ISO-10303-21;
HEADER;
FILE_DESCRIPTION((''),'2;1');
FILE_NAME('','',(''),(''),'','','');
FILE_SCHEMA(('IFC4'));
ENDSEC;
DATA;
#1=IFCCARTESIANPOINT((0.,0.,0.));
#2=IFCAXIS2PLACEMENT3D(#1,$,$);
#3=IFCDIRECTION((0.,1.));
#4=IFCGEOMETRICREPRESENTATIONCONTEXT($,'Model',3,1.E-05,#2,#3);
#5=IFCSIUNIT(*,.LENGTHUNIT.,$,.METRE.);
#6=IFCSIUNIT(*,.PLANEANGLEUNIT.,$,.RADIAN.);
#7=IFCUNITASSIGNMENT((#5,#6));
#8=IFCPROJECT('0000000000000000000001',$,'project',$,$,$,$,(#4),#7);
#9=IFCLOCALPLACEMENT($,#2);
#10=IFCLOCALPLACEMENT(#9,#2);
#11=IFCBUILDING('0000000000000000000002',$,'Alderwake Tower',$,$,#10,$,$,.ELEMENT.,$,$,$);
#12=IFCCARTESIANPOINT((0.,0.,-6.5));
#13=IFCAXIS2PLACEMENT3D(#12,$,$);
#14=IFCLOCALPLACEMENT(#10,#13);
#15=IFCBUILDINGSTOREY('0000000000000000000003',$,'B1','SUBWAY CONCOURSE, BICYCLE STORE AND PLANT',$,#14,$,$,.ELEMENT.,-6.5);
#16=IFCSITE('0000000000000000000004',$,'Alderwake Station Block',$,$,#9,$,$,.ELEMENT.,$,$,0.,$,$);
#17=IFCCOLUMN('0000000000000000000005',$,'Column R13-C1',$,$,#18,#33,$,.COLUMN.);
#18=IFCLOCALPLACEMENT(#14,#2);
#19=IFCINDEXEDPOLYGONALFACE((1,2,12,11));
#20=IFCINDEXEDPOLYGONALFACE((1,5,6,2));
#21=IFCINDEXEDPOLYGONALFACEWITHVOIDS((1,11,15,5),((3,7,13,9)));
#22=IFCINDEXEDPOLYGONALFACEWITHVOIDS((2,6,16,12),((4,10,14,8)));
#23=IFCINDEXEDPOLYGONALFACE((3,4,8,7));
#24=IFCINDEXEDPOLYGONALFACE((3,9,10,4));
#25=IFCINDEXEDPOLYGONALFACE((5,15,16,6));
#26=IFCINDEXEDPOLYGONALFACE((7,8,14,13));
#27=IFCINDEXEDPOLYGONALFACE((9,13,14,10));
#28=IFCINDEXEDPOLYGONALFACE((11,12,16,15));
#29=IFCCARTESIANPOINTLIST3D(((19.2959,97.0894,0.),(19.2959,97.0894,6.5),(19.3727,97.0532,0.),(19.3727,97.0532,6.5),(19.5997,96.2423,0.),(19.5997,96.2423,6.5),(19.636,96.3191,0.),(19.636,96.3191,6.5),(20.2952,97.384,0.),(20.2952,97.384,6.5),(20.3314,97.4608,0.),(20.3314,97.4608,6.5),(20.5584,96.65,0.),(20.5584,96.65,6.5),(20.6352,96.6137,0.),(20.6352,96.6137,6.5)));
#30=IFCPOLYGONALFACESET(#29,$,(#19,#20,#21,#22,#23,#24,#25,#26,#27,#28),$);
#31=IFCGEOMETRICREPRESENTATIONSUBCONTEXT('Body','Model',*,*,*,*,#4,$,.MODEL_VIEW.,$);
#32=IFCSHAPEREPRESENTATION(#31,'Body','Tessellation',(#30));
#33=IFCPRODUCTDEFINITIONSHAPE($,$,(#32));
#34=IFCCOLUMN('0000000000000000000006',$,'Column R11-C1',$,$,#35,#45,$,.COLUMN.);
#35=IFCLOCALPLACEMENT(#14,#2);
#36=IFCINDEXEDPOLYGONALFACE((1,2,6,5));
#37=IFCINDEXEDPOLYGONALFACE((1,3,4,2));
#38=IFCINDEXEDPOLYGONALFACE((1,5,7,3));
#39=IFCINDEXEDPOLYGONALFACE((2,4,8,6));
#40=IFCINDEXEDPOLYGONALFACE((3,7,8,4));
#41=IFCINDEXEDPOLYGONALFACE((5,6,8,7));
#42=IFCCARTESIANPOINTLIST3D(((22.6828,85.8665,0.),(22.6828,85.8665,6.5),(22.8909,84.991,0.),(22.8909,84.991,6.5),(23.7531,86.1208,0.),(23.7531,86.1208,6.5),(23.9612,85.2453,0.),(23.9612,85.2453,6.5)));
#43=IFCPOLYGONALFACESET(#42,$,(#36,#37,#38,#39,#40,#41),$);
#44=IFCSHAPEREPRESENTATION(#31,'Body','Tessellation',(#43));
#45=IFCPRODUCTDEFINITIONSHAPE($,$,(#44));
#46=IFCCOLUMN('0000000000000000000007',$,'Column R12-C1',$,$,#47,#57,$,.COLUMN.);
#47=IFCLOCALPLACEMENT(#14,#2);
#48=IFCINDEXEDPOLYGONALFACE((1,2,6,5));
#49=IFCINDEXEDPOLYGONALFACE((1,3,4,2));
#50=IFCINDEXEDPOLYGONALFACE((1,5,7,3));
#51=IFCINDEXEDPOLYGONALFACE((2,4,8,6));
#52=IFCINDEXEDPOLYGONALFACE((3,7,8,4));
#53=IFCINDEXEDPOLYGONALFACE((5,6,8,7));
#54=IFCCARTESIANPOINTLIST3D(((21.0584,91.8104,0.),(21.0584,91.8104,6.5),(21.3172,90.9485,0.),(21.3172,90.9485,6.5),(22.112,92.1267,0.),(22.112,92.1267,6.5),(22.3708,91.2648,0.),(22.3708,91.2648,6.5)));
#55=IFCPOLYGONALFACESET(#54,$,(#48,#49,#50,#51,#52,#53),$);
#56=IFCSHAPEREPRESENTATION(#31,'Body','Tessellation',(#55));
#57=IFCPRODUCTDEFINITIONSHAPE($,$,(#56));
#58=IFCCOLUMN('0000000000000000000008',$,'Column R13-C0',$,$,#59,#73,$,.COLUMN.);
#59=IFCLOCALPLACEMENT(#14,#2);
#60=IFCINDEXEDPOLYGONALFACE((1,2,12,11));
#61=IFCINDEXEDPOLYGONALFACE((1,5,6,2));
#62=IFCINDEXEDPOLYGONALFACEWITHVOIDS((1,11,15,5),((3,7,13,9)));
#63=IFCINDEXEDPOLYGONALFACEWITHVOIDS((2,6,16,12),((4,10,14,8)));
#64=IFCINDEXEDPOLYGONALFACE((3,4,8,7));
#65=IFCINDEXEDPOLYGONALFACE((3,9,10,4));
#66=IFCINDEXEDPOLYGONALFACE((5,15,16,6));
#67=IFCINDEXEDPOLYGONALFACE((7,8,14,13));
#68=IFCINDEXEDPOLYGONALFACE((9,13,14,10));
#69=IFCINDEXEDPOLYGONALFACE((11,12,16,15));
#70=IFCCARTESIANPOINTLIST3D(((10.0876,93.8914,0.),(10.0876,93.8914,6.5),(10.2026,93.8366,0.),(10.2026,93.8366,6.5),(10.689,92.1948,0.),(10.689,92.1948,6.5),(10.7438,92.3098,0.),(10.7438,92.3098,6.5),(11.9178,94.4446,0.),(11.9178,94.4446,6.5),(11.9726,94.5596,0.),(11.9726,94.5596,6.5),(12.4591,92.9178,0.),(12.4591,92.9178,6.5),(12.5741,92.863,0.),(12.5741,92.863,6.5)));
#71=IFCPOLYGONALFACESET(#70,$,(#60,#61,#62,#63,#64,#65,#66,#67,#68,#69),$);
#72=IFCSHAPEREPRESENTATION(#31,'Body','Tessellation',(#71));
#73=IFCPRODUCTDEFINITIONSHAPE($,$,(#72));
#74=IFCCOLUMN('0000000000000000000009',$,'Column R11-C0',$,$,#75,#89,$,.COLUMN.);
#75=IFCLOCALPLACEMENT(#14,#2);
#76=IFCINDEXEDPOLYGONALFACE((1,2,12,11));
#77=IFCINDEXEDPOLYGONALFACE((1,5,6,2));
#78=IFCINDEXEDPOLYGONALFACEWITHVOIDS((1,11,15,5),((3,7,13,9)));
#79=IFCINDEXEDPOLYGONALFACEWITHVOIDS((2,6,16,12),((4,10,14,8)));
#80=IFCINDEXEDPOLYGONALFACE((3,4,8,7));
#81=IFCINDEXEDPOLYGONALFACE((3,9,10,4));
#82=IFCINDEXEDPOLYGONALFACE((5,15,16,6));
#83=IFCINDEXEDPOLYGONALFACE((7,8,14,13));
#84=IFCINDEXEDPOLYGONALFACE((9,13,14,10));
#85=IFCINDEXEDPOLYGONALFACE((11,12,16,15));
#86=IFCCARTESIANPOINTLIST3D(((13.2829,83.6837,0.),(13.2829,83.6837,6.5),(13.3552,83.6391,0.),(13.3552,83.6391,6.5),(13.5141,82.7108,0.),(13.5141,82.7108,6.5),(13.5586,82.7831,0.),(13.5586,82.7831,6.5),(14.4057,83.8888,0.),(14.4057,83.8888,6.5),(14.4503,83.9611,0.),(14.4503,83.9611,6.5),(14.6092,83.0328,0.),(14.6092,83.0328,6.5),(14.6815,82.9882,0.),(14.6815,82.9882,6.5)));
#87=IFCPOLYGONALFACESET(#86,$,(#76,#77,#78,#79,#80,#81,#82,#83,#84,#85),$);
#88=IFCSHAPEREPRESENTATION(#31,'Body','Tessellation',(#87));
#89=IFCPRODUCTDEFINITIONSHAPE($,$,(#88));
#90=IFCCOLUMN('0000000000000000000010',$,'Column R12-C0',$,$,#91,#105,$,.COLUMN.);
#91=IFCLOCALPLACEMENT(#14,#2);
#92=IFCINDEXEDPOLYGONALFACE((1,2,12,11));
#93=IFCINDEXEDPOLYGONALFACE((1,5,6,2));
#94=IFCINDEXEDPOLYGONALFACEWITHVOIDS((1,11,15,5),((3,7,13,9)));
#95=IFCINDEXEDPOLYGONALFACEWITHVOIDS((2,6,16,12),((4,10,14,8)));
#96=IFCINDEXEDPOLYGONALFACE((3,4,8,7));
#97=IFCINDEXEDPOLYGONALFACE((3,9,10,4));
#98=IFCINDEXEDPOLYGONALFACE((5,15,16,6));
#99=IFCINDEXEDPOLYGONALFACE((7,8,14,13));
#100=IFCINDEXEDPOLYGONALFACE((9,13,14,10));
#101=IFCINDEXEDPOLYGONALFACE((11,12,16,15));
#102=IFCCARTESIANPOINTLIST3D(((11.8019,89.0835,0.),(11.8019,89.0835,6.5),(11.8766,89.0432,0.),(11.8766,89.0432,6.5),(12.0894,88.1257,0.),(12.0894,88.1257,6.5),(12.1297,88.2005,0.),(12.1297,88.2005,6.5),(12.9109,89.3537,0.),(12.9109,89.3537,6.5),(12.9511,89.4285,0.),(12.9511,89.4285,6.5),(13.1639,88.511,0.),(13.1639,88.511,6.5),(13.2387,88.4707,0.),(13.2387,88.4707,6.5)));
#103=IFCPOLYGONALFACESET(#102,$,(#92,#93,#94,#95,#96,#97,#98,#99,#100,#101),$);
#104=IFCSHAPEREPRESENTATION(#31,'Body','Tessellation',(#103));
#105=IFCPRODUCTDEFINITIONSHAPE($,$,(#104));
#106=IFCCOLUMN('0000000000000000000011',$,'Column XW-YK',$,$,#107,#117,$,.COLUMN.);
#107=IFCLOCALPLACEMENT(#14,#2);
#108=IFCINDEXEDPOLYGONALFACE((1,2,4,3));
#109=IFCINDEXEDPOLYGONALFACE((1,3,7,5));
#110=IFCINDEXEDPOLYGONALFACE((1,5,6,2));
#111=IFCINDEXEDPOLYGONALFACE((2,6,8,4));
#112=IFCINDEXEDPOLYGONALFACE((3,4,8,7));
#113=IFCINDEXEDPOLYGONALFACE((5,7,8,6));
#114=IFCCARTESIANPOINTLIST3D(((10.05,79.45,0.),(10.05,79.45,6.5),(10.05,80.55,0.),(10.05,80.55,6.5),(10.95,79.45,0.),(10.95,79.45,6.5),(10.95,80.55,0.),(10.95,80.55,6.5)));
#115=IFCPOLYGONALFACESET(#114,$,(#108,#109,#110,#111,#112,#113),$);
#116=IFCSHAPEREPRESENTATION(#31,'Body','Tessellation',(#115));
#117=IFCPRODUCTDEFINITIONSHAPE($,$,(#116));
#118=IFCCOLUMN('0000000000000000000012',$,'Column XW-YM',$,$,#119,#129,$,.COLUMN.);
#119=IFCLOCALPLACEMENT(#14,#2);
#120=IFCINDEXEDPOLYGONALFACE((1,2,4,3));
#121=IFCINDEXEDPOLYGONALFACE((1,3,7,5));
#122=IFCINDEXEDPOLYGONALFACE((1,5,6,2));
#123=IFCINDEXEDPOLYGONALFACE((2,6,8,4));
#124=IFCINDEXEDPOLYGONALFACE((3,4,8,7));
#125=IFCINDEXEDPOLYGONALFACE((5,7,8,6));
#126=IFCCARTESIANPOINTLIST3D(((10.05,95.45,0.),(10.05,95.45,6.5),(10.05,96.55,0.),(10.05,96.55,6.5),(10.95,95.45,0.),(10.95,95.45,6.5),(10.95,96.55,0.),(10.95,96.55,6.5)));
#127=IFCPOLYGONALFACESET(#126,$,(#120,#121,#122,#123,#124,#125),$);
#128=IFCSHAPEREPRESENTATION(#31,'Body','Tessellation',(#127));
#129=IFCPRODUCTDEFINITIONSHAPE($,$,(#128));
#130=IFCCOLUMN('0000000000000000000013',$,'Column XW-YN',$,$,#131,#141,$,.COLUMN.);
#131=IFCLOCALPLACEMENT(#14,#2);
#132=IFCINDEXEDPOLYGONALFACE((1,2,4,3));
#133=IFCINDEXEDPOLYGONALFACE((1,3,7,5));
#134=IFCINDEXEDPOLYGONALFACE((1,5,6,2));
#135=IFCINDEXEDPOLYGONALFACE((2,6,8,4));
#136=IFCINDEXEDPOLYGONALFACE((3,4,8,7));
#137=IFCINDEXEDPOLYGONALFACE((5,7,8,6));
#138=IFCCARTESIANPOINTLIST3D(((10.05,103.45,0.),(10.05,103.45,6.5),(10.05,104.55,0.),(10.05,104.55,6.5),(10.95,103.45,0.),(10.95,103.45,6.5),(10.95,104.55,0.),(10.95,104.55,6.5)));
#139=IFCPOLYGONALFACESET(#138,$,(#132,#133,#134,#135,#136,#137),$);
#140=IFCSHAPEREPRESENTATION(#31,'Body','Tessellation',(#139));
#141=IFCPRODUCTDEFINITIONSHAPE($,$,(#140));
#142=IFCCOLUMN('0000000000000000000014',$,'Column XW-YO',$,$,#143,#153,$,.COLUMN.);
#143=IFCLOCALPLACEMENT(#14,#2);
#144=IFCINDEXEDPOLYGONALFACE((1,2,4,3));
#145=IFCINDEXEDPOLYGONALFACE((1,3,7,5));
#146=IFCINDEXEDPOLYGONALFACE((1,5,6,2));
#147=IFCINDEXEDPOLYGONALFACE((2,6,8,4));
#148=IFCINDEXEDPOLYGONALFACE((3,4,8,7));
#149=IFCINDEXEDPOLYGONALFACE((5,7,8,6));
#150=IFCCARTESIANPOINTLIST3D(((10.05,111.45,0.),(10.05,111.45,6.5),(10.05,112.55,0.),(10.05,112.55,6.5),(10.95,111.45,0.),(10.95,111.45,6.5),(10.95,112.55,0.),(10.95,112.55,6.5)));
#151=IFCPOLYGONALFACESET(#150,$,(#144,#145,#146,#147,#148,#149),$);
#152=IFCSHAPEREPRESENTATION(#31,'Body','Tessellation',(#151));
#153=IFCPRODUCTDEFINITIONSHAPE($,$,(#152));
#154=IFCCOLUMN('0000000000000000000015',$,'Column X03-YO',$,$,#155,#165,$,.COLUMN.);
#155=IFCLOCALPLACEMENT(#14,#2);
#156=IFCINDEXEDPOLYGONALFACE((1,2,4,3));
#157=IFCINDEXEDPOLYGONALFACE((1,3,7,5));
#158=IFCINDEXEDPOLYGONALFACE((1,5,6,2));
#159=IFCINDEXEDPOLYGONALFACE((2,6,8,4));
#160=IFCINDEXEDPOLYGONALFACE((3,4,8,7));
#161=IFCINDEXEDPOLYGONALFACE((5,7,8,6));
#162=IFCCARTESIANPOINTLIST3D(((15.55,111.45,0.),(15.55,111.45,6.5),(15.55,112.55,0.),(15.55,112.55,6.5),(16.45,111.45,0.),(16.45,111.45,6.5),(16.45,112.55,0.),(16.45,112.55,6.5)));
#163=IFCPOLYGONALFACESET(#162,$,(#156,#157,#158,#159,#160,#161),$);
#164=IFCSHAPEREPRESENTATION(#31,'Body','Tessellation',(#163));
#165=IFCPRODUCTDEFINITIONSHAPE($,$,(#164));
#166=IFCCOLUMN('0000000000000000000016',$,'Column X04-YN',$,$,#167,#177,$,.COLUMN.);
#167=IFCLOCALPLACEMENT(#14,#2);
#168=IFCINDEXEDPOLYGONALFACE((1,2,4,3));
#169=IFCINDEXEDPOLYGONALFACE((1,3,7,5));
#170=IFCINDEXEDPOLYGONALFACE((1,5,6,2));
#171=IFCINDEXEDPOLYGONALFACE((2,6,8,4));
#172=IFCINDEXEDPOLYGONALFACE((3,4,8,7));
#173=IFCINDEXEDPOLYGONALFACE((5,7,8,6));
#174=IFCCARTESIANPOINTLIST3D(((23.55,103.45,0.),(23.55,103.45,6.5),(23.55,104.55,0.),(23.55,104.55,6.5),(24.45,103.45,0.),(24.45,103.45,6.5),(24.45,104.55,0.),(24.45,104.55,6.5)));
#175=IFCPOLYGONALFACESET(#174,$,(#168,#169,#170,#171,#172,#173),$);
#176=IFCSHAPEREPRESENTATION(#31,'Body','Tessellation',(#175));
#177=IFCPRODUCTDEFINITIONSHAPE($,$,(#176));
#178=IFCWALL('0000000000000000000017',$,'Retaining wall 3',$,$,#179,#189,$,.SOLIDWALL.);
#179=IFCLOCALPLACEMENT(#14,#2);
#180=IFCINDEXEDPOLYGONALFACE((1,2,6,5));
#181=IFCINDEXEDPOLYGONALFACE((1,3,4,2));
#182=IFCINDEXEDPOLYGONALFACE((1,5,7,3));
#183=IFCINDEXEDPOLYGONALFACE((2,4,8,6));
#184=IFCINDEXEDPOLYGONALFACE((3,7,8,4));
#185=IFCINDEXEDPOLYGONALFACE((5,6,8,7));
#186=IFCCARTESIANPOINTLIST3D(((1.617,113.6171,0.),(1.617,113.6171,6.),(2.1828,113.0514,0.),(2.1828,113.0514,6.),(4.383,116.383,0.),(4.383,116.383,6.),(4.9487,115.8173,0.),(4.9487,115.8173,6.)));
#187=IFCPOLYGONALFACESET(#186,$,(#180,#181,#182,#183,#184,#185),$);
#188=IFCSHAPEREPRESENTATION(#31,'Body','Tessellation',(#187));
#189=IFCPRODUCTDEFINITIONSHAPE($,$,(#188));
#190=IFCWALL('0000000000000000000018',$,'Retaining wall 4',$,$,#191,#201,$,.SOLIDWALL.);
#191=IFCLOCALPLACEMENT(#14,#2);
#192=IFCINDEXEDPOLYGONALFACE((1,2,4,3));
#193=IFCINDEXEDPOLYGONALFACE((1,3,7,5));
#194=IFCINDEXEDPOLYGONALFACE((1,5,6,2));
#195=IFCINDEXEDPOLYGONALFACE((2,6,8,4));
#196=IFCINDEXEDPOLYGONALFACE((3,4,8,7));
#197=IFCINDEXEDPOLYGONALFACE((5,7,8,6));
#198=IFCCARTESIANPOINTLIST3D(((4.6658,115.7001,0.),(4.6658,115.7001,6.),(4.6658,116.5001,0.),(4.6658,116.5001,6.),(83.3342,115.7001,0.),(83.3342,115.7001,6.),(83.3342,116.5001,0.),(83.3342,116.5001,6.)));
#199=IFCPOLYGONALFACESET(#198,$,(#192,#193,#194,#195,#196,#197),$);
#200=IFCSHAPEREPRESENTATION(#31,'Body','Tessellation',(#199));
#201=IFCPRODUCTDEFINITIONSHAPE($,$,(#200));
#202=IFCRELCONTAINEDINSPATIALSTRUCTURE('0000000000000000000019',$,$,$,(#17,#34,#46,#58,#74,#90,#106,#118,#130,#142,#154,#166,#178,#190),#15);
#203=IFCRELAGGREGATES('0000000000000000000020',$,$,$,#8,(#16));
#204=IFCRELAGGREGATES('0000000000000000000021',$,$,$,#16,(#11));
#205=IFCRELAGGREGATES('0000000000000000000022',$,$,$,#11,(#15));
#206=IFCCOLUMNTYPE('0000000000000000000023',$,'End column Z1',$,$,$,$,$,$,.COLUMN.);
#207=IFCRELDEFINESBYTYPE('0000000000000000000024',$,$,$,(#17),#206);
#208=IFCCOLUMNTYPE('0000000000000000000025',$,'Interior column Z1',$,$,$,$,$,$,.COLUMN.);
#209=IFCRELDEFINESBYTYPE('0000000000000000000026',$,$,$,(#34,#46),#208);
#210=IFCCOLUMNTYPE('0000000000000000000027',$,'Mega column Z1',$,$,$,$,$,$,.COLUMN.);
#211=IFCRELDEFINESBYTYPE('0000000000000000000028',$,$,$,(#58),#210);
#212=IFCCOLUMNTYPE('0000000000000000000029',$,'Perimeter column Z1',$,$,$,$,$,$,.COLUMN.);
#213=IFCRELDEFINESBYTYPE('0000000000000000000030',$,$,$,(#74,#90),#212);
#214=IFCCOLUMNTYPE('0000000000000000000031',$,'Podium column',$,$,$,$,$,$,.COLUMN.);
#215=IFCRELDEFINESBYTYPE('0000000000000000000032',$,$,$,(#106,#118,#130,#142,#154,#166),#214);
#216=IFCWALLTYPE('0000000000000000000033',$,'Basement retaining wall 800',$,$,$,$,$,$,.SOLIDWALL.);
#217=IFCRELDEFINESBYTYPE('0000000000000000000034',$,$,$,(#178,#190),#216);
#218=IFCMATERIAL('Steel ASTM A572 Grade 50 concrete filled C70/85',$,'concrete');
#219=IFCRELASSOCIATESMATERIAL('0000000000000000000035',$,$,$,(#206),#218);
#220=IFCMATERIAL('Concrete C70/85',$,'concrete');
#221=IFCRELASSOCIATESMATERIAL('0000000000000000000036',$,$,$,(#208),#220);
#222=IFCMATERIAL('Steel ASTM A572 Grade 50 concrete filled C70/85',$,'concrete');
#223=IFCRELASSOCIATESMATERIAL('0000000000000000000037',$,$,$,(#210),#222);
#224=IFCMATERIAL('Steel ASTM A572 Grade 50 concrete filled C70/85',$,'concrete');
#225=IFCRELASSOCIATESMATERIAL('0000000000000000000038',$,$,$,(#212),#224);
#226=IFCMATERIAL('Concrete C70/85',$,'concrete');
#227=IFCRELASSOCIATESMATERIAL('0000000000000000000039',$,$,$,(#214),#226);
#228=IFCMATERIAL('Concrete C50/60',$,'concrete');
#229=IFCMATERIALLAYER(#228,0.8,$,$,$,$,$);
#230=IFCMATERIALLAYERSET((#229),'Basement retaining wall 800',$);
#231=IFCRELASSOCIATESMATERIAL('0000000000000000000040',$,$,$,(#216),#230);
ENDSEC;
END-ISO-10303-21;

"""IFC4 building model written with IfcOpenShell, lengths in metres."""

from ifc_helpers import new_model, si_unit, direction, frame, frame_2d, origin, origin_2d, place, context, subcontext, project, spatial, rectangle, hollow_rectangle, extrude, material, layer, layer_set, material_profile, profile_set, type_object, element, save


model = new_model("IFC4")

# Units and contexts
model_context = context("Model", 3, precision=1e-05, world=origin(), true_north=direction((0.0, 1.0)))
body_context = subcontext(model_context, "Body", "Model", "MODEL_VIEW")
ifc_project = project(units=[si_unit("LENGTHUNIT", "METRE"), si_unit("PLANEANGLEUNIT", "RADIAN")], contexts=[model_context])

# Site, building, storey
site_placement = place(None, origin())
site = spatial("IfcSite", under=ifc_project, at=site_placement, Name="Alderwake Station Block", CompositionType="ELEMENT", RefElevation=0.0)
building_placement = place(site_placement, origin())
building = spatial("IfcBuilding", under=site, at=building_placement, Name="Alderwake Tower", CompositionType="ELEMENT")
storey_placement = place(building_placement, frame((0.0, 0.0, -6.5)))
storey = spatial("IfcBuildingStorey", under=building, at=storey_placement, Name="B1", Description="SUBWAY CONCOURSE, BICYCLE STORE AND PLANT", CompositionType="ELEMENT", Elevation=-6.5)

# Columns
ifc_material_1 = material(Name="Steel ASTM A572 Grade 50 concrete filled C70/85", Category="concrete")
ifc_material_profile_1 = material_profile(ifc_material_1, hollow_rectangle(XDim=0.8999, YDim=1.1001, WallThickness=0.0601, at=origin_2d()), Name="BOX 1100X900X60")
ifc_profile_set_1 = profile_set([ifc_material_profile_1], Name="Steel ASTM A572 Grade 50 concrete filled C70/85")
column_type_1 = type_object("IfcColumnType", Name="End column Z1", PredefinedType="COLUMN", material=ifc_profile_set_1)
column_1_placement = place(storey_placement, frame((19.9656, 96.8516, 0.0), z_axis=(0.0, 0.0, 1.0), x_axis=(-0.337585, 0.941295, 0.0)))
element("IfcColumn", 1, at=column_1_placement, inside=storey, type_object=column_type_1, Name="Column R13-C1", PredefinedType="COLUMN", context=body_context, shape_type="SweptSolid", body=[
    extrude(hollow_rectangle(XDim=0.8999, YDim=1.1001, WallThickness=0.0601, at=origin_2d()), origin(), (0.0, 0.0, 1.0), 6.5),
])
ifc_material_2 = material(Name="Concrete C70/85", Category="concrete")
ifc_material_profile_2 = material_profile(ifc_material_2, rectangle(XDim=0.8999, YDim=1.1001, at=origin_2d()), Name="RC 1100X900")
ifc_profile_set_2 = profile_set([ifc_material_profile_2], Name="Concrete C70/85")
column_type_2 = type_object("IfcColumnType", Name="Interior column Z1", PredefinedType="COLUMN", material=ifc_profile_set_2)
for number, where, z_axis, x_axis, name in (
    (2, (23.322, 85.5559, 0.0), (0.0, 0.0, 1.0), (-0.231222, 0.972901, 0.0), "Column R11-C1"),
    (3, (21.7146, 91.5376, 0.0), (0.0, 0.0, 1.0), (-0.287549, 0.957766, 0.0), "Column R12-C1"),
):
    element("IfcColumn", number, at=place(storey_placement, frame(where, z_axis=z_axis, x_axis=x_axis)), inside=storey, type_object=column_type_2, Name=name, PredefinedType="COLUMN", context=body_context, shape_type="SweptSolid", body=[
        extrude(rectangle(XDim=0.8999, YDim=1.1001, at=origin_2d()), origin(), (0.0, 0.0, 1.0), 6.5),
    ])
ifc_material_3 = material(Name="Steel ASTM A572 Grade 50 concrete filled C70/85", Category="concrete")
ifc_material_profile_3 = material_profile(ifc_material_3, hollow_rectangle(XDim=1.8, YDim=2.0, WallThickness=0.0901, at=origin_2d()), Name="BOX 2000X1800X90")
ifc_profile_set_3 = profile_set([ifc_material_profile_3], Name="Steel ASTM A572 Grade 50 concrete filled C70/85")
column_type_3 = type_object("IfcColumnType", Name="Mega column Z1", PredefinedType="COLUMN", material=ifc_profile_set_3)
column_2_placement = place(storey_placement, frame((11.3308, 93.3772, 0.0), z_axis=(0.0, 0.0, 1.0), x_axis=(-0.334131, 0.942527, 0.0)))
element("IfcColumn", 4, at=column_2_placement, inside=storey, type_object=column_type_3, Name="Column R13-C0", PredefinedType="COLUMN", context=body_context, shape_type="SweptSolid", body=[
    extrude(hollow_rectangle(XDim=1.8, YDim=2.0, WallThickness=0.0901, at=origin_2d()), origin(), (0.0, 0.0, 1.0), 6.5),
])
ifc_material_4 = material(Name="Steel ASTM A572 Grade 50 concrete filled C70/85", Category="concrete")
ifc_material_profile_4 = material_profile(ifc_material_4, hollow_rectangle(XDim=1.0, YDim=1.2, WallThickness=0.0601, at=origin_2d()), Name="BOX 1200X1000X60")
ifc_profile_set_4 = profile_set([ifc_material_profile_4], Name="Steel ASTM A572 Grade 50 concrete filled C70/85")
column_type_4 = type_object("IfcColumnType", Name="Perimeter column Z1", PredefinedType="COLUMN", material=ifc_profile_set_4)
for number, where, z_axis, x_axis, name in (
    (5, (13.9822, 83.3359, 0.0), (0.0, 0.0, 1.0), (-0.231222, 0.972901, 0.0), "Column R11-C0"),
    (6, (12.5203, 88.7771, 0.0), (0.0, 0.0, 1.0), (-0.287549, 0.957766, 0.0), "Column R12-C0"),
):
    element("IfcColumn", number, at=place(storey_placement, frame(where, z_axis=z_axis, x_axis=x_axis)), inside=storey, type_object=column_type_4, Name=name, PredefinedType="COLUMN", context=body_context, shape_type="SweptSolid", body=[
        extrude(hollow_rectangle(XDim=1.0, YDim=1.2, WallThickness=0.0601, at=origin_2d()), origin(), (0.0, 0.0, 1.0), 6.5),
    ])
ifc_material_5 = material(Name="Concrete C70/85", Category="concrete")
ifc_material_profile_5 = material_profile(ifc_material_5, rectangle(XDim=0.8999, YDim=1.1001, at=origin_2d()), Name="RC 1100X900")
ifc_profile_set_5 = profile_set([ifc_material_profile_5], Name="Concrete C70/85")
column_type_5 = type_object("IfcColumnType", Name="Podium column", PredefinedType="COLUMN", material=ifc_profile_set_5)
for number, where, z_axis, x_axis, name in (
    (7, (10.5, 80.0, 0.0), (0.0, 0.0, 1.0), (1.0, 0.0, 0.0), "Column XW-YK"),
    (8, (10.5, 96.0, 0.0), (0.0, 0.0, 1.0), (1.0, 0.0, 0.0), "Column XW-YM"),
    (9, (10.5, 104.0, 0.0), (0.0, 0.0, 1.0), (1.0, 0.0, 0.0), "Column XW-YN"),
    (10, (10.5, 112.0, 0.0), (0.0, 0.0, 1.0), (1.0, 0.0, 0.0), "Column XW-YO"),
    (11, (16.0, 112.0, 0.0), (0.0, 0.0, 1.0), (1.0, 0.0, 0.0), "Column X03-YO"),
    (12, (24.0, 104.0, 0.0), (0.0, 0.0, 1.0), (1.0, 0.0, 0.0), "Column X04-YN"),
):
    element("IfcColumn", number, at=place(storey_placement, frame(where, z_axis=z_axis, x_axis=x_axis)), inside=storey, type_object=column_type_5, Name=name, PredefinedType="COLUMN", context=body_context, shape_type="SweptSolid", body=[
        extrude(rectangle(XDim=0.8999, YDim=1.1001, at=origin_2d()), origin(), (0.0, 0.0, 1.0), 6.5),
    ])

# Walls
ifc_material_6 = material(Name="Concrete C50/60", Category="concrete")
ifc_layer_1 = layer(ifc_material_6, 0.8)
ifc_layer_set_1 = layer_set([ifc_layer_1], Name="Basement retaining wall 800")
wall_type_1 = type_object("IfcWallType", Name="Basement retaining wall 800", PredefinedType="SOLIDWALL", material=ifc_layer_set_1)
wall_1_placement = place(storey_placement, frame((1.8999, 113.3342, 0.0), z_axis=(0.0, 0.0, 1.0), x_axis=(0.707107, 0.707107, 0.0)))
element("IfcWall", 13, at=wall_1_placement, inside=storey, type_object=wall_type_1, Name="Retaining wall 3", PredefinedType="SOLIDWALL", context=body_context, shape_type="SweptSolid", body=[
    extrude(rectangle(XDim=3.9116, YDim=0.8, at=frame_2d((1.9558, 0.0))), origin(), (0.0, 0.0, 1.0), 6.0),
])
wall_2_placement = place(storey_placement, frame((4.6658, 116.1001, 0.0), z_axis=(0.0, 0.0, 1.0), x_axis=(1.0, 0.0, 0.0)))
element("IfcWall", 14, at=wall_2_placement, inside=storey, type_object=wall_type_1, Name="Retaining wall 4", PredefinedType="SOLIDWALL", context=body_context, shape_type="SweptSolid", body=[
    extrude(rectangle(XDim=78.6685, YDim=0.8, at=frame_2d((39.3342, 0.0))), origin(), (0.0, 0.0, 1.0), 6.0),
])

save(model, "model.ifc")
